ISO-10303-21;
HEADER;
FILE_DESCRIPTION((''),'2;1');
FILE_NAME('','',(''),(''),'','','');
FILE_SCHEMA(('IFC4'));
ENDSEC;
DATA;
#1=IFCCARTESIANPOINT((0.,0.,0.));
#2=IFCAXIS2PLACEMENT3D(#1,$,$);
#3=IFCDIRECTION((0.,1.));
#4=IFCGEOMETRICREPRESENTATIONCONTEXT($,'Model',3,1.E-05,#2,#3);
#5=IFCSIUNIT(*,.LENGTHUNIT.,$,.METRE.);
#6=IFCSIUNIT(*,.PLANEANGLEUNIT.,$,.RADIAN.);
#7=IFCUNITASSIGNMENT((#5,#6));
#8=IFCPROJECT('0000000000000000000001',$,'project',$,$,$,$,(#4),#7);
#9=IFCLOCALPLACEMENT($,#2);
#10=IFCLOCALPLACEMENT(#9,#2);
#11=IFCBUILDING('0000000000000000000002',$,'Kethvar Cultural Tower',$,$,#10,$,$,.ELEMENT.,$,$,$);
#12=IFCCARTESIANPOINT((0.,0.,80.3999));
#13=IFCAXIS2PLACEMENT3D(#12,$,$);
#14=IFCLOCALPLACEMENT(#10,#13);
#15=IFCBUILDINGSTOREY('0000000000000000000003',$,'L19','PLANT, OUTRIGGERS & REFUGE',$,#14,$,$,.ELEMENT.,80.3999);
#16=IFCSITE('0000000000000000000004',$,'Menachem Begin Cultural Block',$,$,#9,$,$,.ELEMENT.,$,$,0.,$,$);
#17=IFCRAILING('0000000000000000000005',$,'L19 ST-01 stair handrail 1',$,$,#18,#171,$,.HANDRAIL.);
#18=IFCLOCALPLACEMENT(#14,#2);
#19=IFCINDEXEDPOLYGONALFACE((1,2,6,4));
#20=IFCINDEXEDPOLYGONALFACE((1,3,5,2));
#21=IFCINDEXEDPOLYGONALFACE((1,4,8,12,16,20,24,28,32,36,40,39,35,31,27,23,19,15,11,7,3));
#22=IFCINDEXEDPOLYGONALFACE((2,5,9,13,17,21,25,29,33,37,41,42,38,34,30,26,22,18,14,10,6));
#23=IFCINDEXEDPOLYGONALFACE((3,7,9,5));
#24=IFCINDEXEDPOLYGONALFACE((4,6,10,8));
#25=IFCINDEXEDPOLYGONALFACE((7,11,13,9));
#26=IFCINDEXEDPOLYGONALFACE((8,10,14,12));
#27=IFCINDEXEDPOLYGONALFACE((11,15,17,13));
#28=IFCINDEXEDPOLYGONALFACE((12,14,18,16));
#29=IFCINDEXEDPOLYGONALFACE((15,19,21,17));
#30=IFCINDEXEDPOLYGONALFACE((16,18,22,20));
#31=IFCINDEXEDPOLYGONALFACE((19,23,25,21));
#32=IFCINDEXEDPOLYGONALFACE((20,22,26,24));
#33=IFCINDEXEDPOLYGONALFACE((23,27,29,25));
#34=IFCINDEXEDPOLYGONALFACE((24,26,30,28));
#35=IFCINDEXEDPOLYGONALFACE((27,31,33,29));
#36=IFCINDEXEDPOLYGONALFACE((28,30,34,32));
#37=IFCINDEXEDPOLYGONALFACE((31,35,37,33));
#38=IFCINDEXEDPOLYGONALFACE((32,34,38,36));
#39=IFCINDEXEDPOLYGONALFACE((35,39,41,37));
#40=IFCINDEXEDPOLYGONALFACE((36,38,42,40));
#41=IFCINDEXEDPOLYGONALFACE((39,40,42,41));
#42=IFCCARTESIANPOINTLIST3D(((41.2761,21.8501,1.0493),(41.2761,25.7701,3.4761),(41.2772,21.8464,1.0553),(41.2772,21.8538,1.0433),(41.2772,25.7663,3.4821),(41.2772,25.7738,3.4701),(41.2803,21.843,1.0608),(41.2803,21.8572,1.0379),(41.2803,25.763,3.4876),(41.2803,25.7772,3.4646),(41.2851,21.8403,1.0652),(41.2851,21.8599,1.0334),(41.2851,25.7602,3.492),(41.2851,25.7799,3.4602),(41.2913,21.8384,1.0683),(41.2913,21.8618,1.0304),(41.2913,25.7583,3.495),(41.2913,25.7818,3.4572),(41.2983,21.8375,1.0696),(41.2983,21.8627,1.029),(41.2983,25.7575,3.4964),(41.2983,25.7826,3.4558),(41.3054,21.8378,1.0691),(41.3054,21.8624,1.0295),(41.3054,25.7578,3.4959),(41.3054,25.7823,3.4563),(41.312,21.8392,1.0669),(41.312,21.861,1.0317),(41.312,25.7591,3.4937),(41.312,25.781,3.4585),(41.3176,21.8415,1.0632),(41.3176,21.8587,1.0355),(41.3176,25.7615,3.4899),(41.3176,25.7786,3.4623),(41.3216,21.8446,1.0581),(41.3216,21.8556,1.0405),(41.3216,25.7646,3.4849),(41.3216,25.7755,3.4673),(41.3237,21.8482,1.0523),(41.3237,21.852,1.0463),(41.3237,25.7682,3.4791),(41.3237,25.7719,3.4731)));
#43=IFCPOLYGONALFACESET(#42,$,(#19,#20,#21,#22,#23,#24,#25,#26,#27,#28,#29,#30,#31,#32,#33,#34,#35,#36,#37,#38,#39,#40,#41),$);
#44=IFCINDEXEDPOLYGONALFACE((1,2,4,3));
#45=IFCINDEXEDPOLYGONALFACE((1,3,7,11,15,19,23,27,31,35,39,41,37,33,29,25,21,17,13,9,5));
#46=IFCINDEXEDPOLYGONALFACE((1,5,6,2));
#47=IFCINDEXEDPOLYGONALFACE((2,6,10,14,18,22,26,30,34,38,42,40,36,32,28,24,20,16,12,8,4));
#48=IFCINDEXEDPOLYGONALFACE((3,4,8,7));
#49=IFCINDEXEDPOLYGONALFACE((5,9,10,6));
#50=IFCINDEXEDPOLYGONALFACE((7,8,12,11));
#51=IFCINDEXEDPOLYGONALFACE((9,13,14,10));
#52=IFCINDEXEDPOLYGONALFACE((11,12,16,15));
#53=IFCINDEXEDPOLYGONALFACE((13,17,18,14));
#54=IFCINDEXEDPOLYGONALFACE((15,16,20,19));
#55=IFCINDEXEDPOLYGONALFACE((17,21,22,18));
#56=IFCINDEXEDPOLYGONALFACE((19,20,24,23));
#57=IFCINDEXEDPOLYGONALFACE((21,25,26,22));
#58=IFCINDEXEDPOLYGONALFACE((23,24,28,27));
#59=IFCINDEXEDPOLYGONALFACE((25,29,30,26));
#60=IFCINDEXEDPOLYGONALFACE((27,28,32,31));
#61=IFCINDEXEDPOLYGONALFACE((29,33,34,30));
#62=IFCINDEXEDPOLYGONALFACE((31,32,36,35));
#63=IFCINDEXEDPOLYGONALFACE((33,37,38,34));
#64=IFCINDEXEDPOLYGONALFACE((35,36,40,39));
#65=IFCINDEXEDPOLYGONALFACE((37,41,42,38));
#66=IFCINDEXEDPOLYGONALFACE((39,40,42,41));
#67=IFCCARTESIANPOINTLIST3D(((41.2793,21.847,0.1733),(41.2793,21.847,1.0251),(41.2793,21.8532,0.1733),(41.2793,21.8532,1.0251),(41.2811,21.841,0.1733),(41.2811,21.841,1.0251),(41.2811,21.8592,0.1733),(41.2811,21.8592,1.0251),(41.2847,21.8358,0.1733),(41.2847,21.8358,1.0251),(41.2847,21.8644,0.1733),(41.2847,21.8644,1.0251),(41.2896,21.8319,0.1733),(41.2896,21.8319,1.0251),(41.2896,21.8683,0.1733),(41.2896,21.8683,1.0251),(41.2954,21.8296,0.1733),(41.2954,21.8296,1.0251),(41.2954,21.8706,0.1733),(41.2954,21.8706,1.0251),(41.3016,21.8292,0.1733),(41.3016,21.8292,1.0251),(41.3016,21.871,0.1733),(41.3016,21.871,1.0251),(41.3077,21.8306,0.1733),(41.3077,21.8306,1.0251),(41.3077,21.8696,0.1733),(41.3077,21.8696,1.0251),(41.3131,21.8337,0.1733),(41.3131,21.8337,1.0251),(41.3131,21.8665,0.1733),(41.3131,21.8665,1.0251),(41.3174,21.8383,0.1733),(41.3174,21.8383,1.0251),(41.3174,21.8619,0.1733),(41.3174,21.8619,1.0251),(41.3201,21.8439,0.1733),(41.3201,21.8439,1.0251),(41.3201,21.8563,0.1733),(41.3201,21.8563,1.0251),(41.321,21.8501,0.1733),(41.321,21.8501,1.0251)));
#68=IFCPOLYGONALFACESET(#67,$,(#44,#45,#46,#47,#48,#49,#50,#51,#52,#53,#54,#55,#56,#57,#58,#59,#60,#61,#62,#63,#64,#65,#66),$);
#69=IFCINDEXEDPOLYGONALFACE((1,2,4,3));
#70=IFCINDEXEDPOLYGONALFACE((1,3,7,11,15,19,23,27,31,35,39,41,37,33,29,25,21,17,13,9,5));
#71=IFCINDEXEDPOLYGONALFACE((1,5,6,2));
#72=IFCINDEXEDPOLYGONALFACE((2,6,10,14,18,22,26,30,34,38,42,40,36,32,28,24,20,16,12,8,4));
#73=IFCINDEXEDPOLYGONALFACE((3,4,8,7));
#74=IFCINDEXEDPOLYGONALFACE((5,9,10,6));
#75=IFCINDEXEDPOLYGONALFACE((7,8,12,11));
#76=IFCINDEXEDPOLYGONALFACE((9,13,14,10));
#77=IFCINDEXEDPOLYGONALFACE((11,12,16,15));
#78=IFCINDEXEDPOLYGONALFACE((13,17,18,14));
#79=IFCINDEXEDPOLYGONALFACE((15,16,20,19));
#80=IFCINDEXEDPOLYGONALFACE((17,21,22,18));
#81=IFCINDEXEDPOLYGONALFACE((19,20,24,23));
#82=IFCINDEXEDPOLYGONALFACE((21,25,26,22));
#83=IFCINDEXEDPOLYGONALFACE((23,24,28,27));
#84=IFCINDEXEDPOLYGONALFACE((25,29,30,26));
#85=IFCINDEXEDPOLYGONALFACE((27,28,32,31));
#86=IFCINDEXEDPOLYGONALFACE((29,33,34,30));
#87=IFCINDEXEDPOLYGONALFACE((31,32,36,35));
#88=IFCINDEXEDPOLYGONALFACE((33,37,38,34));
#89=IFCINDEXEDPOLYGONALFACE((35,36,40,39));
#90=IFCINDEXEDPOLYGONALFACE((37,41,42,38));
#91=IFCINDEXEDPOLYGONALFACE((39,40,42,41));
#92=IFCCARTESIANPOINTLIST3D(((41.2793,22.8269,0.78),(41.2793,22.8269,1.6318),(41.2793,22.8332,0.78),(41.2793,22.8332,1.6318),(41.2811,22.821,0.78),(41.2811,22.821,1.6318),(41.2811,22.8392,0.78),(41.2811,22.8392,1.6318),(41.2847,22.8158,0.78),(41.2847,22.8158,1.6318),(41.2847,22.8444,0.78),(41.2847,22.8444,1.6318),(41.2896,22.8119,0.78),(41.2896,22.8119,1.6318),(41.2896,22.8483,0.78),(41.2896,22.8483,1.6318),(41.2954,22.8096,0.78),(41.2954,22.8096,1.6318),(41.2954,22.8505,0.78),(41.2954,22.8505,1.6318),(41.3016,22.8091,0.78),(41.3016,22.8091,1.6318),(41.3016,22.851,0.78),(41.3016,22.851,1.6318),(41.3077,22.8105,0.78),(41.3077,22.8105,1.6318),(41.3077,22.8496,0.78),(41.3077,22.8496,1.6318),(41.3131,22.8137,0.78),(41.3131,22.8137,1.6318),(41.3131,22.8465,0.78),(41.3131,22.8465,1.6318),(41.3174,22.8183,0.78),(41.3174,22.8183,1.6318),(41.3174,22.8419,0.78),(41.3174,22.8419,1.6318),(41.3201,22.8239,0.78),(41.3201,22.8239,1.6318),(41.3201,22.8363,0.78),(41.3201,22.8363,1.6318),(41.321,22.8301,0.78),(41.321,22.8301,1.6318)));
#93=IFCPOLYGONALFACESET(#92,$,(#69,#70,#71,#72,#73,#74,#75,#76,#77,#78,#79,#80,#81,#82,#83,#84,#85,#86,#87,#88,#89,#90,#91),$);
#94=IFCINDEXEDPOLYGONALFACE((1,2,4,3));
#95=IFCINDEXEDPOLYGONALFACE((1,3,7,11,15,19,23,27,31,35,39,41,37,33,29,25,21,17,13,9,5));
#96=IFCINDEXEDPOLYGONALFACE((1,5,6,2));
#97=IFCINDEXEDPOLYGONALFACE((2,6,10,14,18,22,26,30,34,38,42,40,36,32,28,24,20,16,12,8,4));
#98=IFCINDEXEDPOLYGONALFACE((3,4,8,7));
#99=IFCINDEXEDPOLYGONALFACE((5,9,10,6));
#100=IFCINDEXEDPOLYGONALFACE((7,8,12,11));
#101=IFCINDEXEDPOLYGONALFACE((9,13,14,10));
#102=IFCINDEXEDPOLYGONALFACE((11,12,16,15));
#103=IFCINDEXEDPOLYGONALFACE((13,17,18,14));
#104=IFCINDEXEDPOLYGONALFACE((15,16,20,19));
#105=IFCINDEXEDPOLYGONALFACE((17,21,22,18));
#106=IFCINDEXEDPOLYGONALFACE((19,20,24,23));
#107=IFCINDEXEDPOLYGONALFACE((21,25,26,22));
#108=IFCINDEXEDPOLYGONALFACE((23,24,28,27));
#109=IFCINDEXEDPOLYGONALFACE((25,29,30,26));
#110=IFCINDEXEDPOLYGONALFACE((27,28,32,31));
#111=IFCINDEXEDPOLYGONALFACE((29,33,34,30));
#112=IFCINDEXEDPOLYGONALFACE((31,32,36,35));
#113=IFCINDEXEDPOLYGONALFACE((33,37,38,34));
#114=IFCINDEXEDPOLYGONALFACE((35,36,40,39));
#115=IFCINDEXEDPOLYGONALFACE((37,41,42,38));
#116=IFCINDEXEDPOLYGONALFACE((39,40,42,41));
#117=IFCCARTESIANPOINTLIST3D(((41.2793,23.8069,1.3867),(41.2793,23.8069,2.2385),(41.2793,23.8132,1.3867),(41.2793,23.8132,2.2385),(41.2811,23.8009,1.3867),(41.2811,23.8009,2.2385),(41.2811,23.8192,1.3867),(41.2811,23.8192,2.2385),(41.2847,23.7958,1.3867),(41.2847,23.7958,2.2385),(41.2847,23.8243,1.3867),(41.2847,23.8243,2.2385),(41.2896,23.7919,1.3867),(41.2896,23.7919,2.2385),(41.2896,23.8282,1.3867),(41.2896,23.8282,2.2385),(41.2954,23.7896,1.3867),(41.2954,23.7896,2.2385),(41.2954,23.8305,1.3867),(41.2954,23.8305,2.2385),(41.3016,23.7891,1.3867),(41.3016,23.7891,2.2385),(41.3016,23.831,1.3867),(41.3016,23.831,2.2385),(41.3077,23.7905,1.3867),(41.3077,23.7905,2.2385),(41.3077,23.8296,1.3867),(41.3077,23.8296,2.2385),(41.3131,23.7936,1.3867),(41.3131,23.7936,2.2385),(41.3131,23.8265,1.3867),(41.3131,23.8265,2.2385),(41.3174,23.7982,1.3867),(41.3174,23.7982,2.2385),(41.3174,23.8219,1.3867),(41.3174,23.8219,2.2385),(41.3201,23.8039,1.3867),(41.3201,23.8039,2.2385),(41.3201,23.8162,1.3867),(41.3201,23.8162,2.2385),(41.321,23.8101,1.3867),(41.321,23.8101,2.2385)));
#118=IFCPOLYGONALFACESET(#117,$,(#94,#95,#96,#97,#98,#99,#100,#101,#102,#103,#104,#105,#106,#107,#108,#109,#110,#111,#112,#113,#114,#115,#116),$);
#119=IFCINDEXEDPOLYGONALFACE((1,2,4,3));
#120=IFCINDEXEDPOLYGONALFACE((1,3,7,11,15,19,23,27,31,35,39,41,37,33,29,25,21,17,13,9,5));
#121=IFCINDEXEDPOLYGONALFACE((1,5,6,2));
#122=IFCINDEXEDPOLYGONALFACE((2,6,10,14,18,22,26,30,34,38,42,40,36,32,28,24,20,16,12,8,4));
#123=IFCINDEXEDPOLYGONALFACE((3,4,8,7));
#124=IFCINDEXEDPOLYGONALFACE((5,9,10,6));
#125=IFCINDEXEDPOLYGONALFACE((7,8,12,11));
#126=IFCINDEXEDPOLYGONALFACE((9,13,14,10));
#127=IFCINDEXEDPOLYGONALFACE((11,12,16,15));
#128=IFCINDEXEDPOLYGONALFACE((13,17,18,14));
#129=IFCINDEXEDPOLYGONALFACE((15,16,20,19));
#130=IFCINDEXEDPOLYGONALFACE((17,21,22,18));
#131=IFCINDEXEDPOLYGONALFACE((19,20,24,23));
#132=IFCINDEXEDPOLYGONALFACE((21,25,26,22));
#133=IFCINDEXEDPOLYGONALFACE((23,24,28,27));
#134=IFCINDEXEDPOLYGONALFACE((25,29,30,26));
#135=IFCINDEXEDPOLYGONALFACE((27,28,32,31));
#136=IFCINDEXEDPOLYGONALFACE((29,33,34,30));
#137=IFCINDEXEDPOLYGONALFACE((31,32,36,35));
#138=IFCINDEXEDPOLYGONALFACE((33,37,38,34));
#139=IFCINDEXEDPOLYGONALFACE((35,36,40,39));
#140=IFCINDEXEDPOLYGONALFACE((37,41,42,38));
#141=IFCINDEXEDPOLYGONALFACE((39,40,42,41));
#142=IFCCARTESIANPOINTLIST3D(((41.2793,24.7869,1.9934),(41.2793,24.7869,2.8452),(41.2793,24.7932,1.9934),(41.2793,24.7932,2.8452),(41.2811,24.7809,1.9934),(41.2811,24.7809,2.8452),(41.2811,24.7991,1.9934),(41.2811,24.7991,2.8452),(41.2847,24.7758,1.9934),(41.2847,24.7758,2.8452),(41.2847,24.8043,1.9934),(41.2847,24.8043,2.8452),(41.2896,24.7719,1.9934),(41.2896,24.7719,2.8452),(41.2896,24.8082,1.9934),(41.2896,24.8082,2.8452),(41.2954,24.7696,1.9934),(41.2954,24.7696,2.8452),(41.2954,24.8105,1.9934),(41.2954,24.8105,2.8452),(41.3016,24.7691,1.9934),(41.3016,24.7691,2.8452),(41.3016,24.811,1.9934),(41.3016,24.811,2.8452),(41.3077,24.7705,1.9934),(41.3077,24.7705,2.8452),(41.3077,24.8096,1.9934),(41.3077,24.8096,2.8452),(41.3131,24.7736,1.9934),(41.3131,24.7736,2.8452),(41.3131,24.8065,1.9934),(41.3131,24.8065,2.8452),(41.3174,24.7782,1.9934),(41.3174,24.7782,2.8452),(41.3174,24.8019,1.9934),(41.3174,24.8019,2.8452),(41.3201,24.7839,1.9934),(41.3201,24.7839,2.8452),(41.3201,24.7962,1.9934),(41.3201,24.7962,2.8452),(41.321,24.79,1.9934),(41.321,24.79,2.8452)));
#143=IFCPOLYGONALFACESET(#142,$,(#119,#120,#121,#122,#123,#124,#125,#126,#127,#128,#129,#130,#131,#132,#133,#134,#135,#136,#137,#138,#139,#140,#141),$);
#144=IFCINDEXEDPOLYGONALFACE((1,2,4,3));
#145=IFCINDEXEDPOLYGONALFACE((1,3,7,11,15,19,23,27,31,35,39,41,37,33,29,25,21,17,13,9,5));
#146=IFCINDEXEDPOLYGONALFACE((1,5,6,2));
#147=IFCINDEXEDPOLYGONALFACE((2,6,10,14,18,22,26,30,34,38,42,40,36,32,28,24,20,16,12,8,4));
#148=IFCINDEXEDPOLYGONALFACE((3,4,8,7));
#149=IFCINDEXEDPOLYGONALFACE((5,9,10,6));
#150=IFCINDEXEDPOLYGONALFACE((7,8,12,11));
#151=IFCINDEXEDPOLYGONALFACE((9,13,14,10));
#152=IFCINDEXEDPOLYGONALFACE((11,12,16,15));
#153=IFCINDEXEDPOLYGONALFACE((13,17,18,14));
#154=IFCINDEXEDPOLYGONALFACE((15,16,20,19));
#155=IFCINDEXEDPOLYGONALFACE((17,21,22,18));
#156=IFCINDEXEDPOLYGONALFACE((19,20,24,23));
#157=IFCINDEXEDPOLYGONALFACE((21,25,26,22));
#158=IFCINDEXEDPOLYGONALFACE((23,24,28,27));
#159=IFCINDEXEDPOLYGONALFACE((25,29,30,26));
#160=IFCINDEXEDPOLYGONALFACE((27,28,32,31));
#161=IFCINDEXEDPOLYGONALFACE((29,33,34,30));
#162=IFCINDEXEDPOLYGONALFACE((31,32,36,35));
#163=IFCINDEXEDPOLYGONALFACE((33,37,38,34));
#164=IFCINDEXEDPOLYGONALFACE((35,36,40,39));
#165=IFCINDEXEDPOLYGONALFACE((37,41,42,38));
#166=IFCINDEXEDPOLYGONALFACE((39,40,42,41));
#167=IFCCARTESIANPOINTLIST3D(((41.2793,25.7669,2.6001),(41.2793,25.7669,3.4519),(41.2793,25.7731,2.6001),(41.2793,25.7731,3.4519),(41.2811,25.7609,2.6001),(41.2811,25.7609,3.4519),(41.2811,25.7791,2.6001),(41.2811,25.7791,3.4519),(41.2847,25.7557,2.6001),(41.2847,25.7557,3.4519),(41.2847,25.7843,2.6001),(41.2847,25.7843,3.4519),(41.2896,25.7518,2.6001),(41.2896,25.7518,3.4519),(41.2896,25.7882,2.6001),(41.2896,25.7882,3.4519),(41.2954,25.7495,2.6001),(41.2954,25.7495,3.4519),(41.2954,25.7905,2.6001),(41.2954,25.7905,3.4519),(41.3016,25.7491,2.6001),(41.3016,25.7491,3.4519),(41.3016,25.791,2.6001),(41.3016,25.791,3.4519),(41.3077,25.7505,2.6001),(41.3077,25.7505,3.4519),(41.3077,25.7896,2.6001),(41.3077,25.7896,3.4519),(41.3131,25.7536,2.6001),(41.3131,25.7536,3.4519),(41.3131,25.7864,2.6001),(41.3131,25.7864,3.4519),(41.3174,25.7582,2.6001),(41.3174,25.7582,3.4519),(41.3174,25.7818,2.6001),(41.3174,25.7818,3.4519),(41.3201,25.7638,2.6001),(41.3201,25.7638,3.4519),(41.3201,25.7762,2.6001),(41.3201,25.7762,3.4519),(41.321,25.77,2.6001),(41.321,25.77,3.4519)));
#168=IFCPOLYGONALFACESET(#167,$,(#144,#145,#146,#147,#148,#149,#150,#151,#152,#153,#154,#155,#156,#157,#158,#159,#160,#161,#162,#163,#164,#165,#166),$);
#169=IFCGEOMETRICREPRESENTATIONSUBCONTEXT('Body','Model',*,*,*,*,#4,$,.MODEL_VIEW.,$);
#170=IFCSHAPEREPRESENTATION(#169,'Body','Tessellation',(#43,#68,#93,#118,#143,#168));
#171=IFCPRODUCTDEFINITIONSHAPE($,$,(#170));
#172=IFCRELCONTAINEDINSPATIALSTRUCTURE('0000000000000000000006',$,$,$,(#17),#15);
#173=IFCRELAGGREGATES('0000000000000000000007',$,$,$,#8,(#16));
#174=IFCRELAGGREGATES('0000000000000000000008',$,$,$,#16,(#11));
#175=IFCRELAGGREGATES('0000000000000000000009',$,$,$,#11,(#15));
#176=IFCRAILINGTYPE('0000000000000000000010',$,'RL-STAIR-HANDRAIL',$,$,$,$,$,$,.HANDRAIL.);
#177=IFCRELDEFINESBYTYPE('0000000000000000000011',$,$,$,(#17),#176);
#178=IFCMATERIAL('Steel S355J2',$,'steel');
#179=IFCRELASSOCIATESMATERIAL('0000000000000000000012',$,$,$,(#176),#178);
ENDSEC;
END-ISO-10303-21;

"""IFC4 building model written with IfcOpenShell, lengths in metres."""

from ifc_helpers import new_model, si_unit, direction, frame, origin, origin_2d, place, context, subcontext, project, spatial, circle, extrude, material, type_object, element, save


model = new_model("IFC4")

# Units and contexts
model_context = context("Model", 3, precision=1e-05, world=origin(), true_north=direction((0.0, 1.0)))
body_context = subcontext(model_context, "Body", "Model", "MODEL_VIEW")
ifc_project = project(units=[si_unit("LENGTHUNIT", "METRE"), si_unit("PLANEANGLEUNIT", "RADIAN")], contexts=[model_context])

# Site, building, storey
site_placement = place(None, origin())
site = spatial("IfcSite", under=ifc_project, at=site_placement, Name="Menachem Begin Cultural Block", CompositionType="ELEMENT", RefElevation=0.0)
building_placement = place(site_placement, origin())
building = spatial("IfcBuilding", under=site, at=building_placement, Name="Kethvar Cultural Tower", CompositionType="ELEMENT")
storey_placement = place(building_placement, frame((0.0, 0.0, 80.3999)))
storey = spatial("IfcBuildingStorey", under=building, at=storey_placement, Name="L19", Description="PLANT, OUTRIGGERS & REFUGE", CompositionType="ELEMENT", Elevation=80.3999)

# Shared definitions
ifc_material_1 = material(Name="Steel S355J2", Category="steel")

# Railing
railing_type_1 = type_object("IfcRailingType", Name="RL-STAIR-HANDRAIL", PredefinedType="HANDRAIL", material=ifc_material_1)
railing_1_placement = place(storey_placement, frame((41.3, 21.8501, 0.1733)))
element("IfcRailing", 1, at=railing_1_placement, inside=storey, type_object=railing_type_1, Name="L19 ST-01 stair handrail 1", PredefinedType="HANDRAIL", context=body_context, shape_type="SweptSolid", body=[
    extrude(circle(Radius=0.0239, at=origin_2d()), frame((0.0, 0.0, 0.876), z_axis=(0.0, 0.850252, 0.526376), x_axis=(-1.0, 0.0, 0.0)), (0.0, 0.0, 1.0), 4.6104),
    extrude(circle(Radius=0.021, at=origin_2d()), origin(), (0.0, 0.0, 1.0), 0.8518),
    extrude(circle(Radius=0.021, at=origin_2d()), frame((0.0, 0.98, 0.6067)), (0.0, 0.0, 1.0), 0.8518),
    extrude(circle(Radius=0.021, at=origin_2d()), frame((0.0, 1.96, 1.2134)), (0.0, 0.0, 1.0), 0.8518),
    extrude(circle(Radius=0.021, at=origin_2d()), frame((0.0, 2.9399, 1.8201)), (0.0, 0.0, 1.0), 0.8518),
    extrude(circle(Radius=0.021, at=origin_2d()), frame((0.0, 3.9199, 2.4268)), (0.0, 0.0, 1.0), 0.8518),
])

save(model, "model.ifc")
